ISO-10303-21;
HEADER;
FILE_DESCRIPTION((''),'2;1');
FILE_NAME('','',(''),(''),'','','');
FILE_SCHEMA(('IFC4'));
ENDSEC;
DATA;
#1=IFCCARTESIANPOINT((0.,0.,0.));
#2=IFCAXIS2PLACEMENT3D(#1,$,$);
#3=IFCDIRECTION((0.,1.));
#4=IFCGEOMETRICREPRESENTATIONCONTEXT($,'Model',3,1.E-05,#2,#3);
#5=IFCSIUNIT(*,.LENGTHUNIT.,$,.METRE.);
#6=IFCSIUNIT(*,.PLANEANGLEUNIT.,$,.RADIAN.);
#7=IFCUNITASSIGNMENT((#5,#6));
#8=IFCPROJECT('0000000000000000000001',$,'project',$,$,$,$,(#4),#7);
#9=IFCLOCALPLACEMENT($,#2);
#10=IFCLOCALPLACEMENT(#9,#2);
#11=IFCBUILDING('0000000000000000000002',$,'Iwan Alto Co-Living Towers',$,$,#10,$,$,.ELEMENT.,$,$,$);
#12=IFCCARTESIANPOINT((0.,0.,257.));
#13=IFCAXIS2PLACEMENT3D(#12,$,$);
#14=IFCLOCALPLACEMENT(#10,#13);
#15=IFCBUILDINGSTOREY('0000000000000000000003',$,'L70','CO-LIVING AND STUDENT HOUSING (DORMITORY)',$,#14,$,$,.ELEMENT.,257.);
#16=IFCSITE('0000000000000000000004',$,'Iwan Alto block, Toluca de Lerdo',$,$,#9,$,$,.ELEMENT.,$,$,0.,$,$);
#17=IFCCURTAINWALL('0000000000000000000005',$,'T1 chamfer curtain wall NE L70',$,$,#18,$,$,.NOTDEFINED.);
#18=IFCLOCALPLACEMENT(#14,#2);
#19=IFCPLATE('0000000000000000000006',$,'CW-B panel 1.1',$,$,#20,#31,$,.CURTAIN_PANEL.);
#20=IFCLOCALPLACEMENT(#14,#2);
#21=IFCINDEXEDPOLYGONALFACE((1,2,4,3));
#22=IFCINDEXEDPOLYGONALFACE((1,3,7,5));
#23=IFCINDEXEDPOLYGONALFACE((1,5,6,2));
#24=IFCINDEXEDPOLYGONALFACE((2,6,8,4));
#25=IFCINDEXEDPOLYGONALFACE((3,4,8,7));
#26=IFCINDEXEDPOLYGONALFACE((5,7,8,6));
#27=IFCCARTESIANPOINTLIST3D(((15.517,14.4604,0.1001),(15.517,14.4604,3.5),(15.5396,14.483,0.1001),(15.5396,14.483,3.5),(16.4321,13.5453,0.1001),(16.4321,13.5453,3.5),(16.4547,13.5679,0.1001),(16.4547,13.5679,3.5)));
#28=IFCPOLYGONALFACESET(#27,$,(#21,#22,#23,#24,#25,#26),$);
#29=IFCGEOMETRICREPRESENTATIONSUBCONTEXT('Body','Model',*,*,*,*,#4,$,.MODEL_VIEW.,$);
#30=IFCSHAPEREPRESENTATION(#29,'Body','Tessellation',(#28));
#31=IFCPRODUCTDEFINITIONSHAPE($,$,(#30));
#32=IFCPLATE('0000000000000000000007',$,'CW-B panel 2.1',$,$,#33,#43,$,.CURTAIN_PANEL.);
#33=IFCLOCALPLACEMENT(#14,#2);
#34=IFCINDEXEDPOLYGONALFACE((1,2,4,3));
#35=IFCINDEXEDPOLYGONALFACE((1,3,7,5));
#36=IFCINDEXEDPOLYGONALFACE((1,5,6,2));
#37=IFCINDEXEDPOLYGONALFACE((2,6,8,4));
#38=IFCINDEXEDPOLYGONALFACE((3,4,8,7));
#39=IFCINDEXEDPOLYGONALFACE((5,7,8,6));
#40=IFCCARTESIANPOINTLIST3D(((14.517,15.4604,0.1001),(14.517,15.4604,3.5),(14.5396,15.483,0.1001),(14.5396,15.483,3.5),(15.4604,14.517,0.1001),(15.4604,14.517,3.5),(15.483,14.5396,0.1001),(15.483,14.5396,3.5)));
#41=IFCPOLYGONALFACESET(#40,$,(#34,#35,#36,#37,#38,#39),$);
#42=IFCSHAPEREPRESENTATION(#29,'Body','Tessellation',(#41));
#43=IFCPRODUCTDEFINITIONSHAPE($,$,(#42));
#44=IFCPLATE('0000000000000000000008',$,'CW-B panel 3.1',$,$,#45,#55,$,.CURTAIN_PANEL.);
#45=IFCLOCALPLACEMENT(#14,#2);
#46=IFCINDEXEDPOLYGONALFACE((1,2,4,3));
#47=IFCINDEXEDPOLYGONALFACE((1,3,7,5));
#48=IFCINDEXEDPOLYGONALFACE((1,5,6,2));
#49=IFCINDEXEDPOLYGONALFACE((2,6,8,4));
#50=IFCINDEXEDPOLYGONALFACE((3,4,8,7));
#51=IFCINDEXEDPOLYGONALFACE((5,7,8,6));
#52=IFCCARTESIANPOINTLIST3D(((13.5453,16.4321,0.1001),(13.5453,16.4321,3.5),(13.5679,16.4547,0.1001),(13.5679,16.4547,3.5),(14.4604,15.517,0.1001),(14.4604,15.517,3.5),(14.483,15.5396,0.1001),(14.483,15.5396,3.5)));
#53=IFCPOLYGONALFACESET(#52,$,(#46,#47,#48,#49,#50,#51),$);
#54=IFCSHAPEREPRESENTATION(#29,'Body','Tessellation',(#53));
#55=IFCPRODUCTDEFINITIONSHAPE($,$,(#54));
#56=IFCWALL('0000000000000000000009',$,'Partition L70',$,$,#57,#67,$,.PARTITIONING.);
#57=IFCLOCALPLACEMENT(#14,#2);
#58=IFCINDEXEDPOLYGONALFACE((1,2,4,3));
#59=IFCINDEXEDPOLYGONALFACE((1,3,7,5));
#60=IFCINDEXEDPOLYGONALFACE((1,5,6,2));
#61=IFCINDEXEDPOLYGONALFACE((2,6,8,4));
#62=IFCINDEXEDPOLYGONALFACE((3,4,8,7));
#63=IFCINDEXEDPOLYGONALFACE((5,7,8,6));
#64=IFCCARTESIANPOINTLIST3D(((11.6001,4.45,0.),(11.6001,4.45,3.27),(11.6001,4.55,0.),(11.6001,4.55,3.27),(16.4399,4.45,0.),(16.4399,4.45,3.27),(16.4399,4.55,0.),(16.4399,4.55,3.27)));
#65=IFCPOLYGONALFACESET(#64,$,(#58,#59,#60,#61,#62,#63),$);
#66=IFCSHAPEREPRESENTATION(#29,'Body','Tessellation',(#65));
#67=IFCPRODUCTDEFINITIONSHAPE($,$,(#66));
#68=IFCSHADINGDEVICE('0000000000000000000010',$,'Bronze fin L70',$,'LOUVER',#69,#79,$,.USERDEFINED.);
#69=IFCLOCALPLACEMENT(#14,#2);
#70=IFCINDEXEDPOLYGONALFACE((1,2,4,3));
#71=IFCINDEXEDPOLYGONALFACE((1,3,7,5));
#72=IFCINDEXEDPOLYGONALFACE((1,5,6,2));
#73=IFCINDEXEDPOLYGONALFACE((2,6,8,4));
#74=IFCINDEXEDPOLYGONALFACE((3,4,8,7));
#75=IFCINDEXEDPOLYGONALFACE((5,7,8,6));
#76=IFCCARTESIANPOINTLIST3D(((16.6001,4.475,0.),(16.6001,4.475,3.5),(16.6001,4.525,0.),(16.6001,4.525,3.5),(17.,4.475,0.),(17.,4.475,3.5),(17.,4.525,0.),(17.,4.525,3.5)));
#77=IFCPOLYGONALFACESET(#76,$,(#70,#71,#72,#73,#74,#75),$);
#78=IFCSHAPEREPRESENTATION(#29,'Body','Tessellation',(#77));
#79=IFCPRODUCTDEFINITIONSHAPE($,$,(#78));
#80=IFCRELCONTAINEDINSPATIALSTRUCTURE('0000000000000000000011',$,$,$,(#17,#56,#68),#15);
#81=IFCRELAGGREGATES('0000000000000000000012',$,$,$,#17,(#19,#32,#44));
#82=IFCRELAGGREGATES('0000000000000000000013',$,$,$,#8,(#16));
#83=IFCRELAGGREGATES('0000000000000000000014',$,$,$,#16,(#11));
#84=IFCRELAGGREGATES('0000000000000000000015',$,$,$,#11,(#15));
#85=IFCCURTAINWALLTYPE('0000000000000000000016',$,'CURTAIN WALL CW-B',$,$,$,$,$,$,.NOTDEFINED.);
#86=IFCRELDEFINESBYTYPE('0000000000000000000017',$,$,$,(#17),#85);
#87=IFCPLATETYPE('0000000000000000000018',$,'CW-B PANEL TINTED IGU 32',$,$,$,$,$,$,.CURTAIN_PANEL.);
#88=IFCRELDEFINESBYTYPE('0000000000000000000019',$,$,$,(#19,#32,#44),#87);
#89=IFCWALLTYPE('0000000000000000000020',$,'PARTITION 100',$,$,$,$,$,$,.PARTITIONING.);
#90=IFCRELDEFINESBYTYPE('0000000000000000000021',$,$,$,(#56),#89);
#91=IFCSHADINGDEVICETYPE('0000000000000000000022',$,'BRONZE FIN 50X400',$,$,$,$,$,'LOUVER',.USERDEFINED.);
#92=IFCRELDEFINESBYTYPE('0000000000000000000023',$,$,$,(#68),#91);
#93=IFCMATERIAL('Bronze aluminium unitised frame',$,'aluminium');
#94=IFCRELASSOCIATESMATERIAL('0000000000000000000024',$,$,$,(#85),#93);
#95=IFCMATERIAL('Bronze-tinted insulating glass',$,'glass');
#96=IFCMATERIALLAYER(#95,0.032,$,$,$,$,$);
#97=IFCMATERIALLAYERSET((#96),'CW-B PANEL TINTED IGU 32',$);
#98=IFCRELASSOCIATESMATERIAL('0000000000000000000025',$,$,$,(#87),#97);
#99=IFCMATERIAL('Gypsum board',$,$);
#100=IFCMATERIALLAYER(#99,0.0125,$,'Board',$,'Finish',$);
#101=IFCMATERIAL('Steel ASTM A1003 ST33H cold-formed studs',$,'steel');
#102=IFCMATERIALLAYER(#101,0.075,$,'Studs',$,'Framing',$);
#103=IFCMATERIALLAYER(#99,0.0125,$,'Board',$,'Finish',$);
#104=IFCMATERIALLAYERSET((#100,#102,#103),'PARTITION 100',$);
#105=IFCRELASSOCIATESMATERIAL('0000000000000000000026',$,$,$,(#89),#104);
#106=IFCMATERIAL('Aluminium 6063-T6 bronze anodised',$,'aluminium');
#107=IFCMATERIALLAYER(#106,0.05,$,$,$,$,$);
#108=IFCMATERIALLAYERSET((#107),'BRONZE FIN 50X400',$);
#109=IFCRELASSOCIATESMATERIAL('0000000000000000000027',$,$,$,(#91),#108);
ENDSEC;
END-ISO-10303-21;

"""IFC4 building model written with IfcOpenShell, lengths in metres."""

from ifc_helpers import new_model, si_unit, direction, frame, frame_2d, origin, origin_2d, place, context, subcontext, project, spatial, rectangle, extrude, material, layer, layer_set, type_object, element, aggregate, save


model = new_model("IFC4")

# Units and contexts
model_context = context("Model", 3, precision=1e-05, world=origin(), true_north=direction((0.0, 1.0)))
body_context = subcontext(model_context, "Body", "Model", "MODEL_VIEW")
ifc_project = project(units=[si_unit("LENGTHUNIT", "METRE"), si_unit("PLANEANGLEUNIT", "RADIAN")], contexts=[model_context])

# Site, building, storey
site_placement = place(None, origin())
site = spatial("IfcSite", under=ifc_project, at=site_placement, Name="Iwan Alto block, Toluca de Lerdo", CompositionType="ELEMENT", RefElevation=0.0)
building_placement = place(site_placement, origin())
building = spatial("IfcBuilding", under=site, at=building_placement, Name="Iwan Alto Co-Living Towers", CompositionType="ELEMENT")
storey_placement = place(building_placement, frame((0.0, 0.0, 257.0)))
storey = spatial("IfcBuildingStorey", under=building, at=storey_placement, Name="L70", Description="CO-LIVING AND STUDENT HOUSING (DORMITORY)", CompositionType="ELEMENT", Elevation=257.0)

# Curtain wall
ifc_material_1 = material(Name="Bronze aluminium unitised frame", Category="aluminium")
curtain_wall_type_1 = type_object("IfcCurtainWallType", Name="CURTAIN WALL CW-B", PredefinedType="NOTDEFINED", material=ifc_material_1)
curtain_wall_1_placement = place(storey_placement, origin())
curtain_wall_1 = element("IfcCurtainWall", 1, at=curtain_wall_1_placement, inside=storey, type_object=curtain_wall_type_1, Name="T1 chamfer curtain wall NE L70", PredefinedType="NOTDEFINED")

# Plates
ifc_material_2 = material(Name="Bronze-tinted insulating glass", Category="glass")
ifc_layer_1 = layer(ifc_material_2, 0.032)
ifc_layer_set_1 = layer_set([ifc_layer_1], Name="CW-B PANEL TINTED IGU 32")
plate_type_1 = type_object("IfcPlateType", Name="CW-B PANEL TINTED IGU 32", PredefinedType="CURTAIN_PANEL", material=ifc_layer_set_1)
plate_1_placement = place(storey_placement, frame((15.9858, 14.0142, 0.1001), z_axis=(0.0, 0.0, 1.0), x_axis=(-0.707107, 0.707107, 0.0)))
plate_1 = element("IfcPlate", 2, at=plate_1_placement, type_object=plate_type_1, Name="CW-B panel 1.1", PredefinedType="CURTAIN_PANEL", context=body_context, shape_type="SweptSolid", body=[
    extrude(rectangle(XDim=1.2942, YDim=0.032, at=origin_2d()), origin(), (0.0, 0.0, 1.0), 3.3999),
])
plate_2_placement = place(storey_placement, frame((15.0, 15.0, 0.1001), z_axis=(0.0, 0.0, 1.0), x_axis=(-0.707107, 0.707107, 0.0)))
plate_2 = element("IfcPlate", 3, at=plate_2_placement, type_object=plate_type_1, Name="CW-B panel 2.1", PredefinedType="CURTAIN_PANEL", context=body_context, shape_type="SweptSolid", body=[
    extrude(rectangle(XDim=1.3342, YDim=0.032, at=origin_2d()), origin(), (0.0, 0.0, 1.0), 3.3999),
])
plate_3_placement = place(storey_placement, frame((14.0142, 15.9858, 0.1001), z_axis=(0.0, 0.0, 1.0), x_axis=(-0.707107, 0.707107, 0.0)))
plate_3 = element("IfcPlate", 4, at=plate_3_placement, type_object=plate_type_1, Name="CW-B panel 3.1", PredefinedType="CURTAIN_PANEL", context=body_context, shape_type="SweptSolid", body=[
    extrude(rectangle(XDim=1.2942, YDim=0.032, at=origin_2d()), origin(), (0.0, 0.0, 1.0), 3.3999),
])
aggregate(curtain_wall_1, [plate_1, plate_2, plate_3])

# Wall
ifc_material_3 = material(Name="Gypsum board")
ifc_layer_2 = layer(ifc_material_3, 0.0125, Name="Board", Category="Finish")
ifc_material_4 = material(Name="Steel ASTM A1003 ST33H cold-formed studs", Category="steel")
ifc_layer_3 = layer(ifc_material_4, 0.075, Name="Studs", Category="Framing")
ifc_layer_4 = layer(ifc_material_3, 0.0125, Name="Board", Category="Finish")
ifc_layer_set_2 = layer_set([ifc_layer_2, ifc_layer_3, ifc_layer_4], Name="PARTITION 100")
wall_type = type_object("IfcWallType", Name="PARTITION 100", PredefinedType="PARTITIONING", material=ifc_layer_set_2)
wall_placement = place(storey_placement, frame((11.6001, 4.5, 0.0), z_axis=(0.0, 0.0, 1.0), x_axis=(1.0, 0.0, 0.0)))
element("IfcWall", 5, at=wall_placement, inside=storey, type_object=wall_type, Name="Partition L70", PredefinedType="PARTITIONING", context=body_context, shape_type="SweptSolid", body=[
    extrude(rectangle(XDim=4.8398, YDim=0.1001, at=frame_2d((2.4199, 0.0))), origin(), (0.0, 0.0, 1.0), 3.27),
])

# Shading device
ifc_material_5 = material(Name="Aluminium 6063-T6 bronze anodised", Category="aluminium")
ifc_layer_5 = layer(ifc_material_5, 0.05)
ifc_layer_set_3 = layer_set([ifc_layer_5], Name="BRONZE FIN 50X400")
shading_device_type = type_object("IfcShadingDeviceType", Name="BRONZE FIN 50X400", ElementType="LOUVER", PredefinedType="USERDEFINED", material=ifc_layer_set_3)
shading_device_placement = place(storey_placement, frame((16.8, 4.5, 0.0), z_axis=(0.0, 0.0, 1.0), x_axis=(0.0, 1.0, 0.0)))
element("IfcShadingDevice", 6, at=shading_device_placement, inside=storey, type_object=shading_device_type, Name="Bronze fin L70", ObjectType="LOUVER", PredefinedType="USERDEFINED", context=body_context, shape_type="SweptSolid", body=[
    extrude(rectangle(XDim=0.05, YDim=0.3999, at=origin_2d()), origin(), (0.0, 0.0, 1.0), 3.5),
])

save(model, "model.ifc")
